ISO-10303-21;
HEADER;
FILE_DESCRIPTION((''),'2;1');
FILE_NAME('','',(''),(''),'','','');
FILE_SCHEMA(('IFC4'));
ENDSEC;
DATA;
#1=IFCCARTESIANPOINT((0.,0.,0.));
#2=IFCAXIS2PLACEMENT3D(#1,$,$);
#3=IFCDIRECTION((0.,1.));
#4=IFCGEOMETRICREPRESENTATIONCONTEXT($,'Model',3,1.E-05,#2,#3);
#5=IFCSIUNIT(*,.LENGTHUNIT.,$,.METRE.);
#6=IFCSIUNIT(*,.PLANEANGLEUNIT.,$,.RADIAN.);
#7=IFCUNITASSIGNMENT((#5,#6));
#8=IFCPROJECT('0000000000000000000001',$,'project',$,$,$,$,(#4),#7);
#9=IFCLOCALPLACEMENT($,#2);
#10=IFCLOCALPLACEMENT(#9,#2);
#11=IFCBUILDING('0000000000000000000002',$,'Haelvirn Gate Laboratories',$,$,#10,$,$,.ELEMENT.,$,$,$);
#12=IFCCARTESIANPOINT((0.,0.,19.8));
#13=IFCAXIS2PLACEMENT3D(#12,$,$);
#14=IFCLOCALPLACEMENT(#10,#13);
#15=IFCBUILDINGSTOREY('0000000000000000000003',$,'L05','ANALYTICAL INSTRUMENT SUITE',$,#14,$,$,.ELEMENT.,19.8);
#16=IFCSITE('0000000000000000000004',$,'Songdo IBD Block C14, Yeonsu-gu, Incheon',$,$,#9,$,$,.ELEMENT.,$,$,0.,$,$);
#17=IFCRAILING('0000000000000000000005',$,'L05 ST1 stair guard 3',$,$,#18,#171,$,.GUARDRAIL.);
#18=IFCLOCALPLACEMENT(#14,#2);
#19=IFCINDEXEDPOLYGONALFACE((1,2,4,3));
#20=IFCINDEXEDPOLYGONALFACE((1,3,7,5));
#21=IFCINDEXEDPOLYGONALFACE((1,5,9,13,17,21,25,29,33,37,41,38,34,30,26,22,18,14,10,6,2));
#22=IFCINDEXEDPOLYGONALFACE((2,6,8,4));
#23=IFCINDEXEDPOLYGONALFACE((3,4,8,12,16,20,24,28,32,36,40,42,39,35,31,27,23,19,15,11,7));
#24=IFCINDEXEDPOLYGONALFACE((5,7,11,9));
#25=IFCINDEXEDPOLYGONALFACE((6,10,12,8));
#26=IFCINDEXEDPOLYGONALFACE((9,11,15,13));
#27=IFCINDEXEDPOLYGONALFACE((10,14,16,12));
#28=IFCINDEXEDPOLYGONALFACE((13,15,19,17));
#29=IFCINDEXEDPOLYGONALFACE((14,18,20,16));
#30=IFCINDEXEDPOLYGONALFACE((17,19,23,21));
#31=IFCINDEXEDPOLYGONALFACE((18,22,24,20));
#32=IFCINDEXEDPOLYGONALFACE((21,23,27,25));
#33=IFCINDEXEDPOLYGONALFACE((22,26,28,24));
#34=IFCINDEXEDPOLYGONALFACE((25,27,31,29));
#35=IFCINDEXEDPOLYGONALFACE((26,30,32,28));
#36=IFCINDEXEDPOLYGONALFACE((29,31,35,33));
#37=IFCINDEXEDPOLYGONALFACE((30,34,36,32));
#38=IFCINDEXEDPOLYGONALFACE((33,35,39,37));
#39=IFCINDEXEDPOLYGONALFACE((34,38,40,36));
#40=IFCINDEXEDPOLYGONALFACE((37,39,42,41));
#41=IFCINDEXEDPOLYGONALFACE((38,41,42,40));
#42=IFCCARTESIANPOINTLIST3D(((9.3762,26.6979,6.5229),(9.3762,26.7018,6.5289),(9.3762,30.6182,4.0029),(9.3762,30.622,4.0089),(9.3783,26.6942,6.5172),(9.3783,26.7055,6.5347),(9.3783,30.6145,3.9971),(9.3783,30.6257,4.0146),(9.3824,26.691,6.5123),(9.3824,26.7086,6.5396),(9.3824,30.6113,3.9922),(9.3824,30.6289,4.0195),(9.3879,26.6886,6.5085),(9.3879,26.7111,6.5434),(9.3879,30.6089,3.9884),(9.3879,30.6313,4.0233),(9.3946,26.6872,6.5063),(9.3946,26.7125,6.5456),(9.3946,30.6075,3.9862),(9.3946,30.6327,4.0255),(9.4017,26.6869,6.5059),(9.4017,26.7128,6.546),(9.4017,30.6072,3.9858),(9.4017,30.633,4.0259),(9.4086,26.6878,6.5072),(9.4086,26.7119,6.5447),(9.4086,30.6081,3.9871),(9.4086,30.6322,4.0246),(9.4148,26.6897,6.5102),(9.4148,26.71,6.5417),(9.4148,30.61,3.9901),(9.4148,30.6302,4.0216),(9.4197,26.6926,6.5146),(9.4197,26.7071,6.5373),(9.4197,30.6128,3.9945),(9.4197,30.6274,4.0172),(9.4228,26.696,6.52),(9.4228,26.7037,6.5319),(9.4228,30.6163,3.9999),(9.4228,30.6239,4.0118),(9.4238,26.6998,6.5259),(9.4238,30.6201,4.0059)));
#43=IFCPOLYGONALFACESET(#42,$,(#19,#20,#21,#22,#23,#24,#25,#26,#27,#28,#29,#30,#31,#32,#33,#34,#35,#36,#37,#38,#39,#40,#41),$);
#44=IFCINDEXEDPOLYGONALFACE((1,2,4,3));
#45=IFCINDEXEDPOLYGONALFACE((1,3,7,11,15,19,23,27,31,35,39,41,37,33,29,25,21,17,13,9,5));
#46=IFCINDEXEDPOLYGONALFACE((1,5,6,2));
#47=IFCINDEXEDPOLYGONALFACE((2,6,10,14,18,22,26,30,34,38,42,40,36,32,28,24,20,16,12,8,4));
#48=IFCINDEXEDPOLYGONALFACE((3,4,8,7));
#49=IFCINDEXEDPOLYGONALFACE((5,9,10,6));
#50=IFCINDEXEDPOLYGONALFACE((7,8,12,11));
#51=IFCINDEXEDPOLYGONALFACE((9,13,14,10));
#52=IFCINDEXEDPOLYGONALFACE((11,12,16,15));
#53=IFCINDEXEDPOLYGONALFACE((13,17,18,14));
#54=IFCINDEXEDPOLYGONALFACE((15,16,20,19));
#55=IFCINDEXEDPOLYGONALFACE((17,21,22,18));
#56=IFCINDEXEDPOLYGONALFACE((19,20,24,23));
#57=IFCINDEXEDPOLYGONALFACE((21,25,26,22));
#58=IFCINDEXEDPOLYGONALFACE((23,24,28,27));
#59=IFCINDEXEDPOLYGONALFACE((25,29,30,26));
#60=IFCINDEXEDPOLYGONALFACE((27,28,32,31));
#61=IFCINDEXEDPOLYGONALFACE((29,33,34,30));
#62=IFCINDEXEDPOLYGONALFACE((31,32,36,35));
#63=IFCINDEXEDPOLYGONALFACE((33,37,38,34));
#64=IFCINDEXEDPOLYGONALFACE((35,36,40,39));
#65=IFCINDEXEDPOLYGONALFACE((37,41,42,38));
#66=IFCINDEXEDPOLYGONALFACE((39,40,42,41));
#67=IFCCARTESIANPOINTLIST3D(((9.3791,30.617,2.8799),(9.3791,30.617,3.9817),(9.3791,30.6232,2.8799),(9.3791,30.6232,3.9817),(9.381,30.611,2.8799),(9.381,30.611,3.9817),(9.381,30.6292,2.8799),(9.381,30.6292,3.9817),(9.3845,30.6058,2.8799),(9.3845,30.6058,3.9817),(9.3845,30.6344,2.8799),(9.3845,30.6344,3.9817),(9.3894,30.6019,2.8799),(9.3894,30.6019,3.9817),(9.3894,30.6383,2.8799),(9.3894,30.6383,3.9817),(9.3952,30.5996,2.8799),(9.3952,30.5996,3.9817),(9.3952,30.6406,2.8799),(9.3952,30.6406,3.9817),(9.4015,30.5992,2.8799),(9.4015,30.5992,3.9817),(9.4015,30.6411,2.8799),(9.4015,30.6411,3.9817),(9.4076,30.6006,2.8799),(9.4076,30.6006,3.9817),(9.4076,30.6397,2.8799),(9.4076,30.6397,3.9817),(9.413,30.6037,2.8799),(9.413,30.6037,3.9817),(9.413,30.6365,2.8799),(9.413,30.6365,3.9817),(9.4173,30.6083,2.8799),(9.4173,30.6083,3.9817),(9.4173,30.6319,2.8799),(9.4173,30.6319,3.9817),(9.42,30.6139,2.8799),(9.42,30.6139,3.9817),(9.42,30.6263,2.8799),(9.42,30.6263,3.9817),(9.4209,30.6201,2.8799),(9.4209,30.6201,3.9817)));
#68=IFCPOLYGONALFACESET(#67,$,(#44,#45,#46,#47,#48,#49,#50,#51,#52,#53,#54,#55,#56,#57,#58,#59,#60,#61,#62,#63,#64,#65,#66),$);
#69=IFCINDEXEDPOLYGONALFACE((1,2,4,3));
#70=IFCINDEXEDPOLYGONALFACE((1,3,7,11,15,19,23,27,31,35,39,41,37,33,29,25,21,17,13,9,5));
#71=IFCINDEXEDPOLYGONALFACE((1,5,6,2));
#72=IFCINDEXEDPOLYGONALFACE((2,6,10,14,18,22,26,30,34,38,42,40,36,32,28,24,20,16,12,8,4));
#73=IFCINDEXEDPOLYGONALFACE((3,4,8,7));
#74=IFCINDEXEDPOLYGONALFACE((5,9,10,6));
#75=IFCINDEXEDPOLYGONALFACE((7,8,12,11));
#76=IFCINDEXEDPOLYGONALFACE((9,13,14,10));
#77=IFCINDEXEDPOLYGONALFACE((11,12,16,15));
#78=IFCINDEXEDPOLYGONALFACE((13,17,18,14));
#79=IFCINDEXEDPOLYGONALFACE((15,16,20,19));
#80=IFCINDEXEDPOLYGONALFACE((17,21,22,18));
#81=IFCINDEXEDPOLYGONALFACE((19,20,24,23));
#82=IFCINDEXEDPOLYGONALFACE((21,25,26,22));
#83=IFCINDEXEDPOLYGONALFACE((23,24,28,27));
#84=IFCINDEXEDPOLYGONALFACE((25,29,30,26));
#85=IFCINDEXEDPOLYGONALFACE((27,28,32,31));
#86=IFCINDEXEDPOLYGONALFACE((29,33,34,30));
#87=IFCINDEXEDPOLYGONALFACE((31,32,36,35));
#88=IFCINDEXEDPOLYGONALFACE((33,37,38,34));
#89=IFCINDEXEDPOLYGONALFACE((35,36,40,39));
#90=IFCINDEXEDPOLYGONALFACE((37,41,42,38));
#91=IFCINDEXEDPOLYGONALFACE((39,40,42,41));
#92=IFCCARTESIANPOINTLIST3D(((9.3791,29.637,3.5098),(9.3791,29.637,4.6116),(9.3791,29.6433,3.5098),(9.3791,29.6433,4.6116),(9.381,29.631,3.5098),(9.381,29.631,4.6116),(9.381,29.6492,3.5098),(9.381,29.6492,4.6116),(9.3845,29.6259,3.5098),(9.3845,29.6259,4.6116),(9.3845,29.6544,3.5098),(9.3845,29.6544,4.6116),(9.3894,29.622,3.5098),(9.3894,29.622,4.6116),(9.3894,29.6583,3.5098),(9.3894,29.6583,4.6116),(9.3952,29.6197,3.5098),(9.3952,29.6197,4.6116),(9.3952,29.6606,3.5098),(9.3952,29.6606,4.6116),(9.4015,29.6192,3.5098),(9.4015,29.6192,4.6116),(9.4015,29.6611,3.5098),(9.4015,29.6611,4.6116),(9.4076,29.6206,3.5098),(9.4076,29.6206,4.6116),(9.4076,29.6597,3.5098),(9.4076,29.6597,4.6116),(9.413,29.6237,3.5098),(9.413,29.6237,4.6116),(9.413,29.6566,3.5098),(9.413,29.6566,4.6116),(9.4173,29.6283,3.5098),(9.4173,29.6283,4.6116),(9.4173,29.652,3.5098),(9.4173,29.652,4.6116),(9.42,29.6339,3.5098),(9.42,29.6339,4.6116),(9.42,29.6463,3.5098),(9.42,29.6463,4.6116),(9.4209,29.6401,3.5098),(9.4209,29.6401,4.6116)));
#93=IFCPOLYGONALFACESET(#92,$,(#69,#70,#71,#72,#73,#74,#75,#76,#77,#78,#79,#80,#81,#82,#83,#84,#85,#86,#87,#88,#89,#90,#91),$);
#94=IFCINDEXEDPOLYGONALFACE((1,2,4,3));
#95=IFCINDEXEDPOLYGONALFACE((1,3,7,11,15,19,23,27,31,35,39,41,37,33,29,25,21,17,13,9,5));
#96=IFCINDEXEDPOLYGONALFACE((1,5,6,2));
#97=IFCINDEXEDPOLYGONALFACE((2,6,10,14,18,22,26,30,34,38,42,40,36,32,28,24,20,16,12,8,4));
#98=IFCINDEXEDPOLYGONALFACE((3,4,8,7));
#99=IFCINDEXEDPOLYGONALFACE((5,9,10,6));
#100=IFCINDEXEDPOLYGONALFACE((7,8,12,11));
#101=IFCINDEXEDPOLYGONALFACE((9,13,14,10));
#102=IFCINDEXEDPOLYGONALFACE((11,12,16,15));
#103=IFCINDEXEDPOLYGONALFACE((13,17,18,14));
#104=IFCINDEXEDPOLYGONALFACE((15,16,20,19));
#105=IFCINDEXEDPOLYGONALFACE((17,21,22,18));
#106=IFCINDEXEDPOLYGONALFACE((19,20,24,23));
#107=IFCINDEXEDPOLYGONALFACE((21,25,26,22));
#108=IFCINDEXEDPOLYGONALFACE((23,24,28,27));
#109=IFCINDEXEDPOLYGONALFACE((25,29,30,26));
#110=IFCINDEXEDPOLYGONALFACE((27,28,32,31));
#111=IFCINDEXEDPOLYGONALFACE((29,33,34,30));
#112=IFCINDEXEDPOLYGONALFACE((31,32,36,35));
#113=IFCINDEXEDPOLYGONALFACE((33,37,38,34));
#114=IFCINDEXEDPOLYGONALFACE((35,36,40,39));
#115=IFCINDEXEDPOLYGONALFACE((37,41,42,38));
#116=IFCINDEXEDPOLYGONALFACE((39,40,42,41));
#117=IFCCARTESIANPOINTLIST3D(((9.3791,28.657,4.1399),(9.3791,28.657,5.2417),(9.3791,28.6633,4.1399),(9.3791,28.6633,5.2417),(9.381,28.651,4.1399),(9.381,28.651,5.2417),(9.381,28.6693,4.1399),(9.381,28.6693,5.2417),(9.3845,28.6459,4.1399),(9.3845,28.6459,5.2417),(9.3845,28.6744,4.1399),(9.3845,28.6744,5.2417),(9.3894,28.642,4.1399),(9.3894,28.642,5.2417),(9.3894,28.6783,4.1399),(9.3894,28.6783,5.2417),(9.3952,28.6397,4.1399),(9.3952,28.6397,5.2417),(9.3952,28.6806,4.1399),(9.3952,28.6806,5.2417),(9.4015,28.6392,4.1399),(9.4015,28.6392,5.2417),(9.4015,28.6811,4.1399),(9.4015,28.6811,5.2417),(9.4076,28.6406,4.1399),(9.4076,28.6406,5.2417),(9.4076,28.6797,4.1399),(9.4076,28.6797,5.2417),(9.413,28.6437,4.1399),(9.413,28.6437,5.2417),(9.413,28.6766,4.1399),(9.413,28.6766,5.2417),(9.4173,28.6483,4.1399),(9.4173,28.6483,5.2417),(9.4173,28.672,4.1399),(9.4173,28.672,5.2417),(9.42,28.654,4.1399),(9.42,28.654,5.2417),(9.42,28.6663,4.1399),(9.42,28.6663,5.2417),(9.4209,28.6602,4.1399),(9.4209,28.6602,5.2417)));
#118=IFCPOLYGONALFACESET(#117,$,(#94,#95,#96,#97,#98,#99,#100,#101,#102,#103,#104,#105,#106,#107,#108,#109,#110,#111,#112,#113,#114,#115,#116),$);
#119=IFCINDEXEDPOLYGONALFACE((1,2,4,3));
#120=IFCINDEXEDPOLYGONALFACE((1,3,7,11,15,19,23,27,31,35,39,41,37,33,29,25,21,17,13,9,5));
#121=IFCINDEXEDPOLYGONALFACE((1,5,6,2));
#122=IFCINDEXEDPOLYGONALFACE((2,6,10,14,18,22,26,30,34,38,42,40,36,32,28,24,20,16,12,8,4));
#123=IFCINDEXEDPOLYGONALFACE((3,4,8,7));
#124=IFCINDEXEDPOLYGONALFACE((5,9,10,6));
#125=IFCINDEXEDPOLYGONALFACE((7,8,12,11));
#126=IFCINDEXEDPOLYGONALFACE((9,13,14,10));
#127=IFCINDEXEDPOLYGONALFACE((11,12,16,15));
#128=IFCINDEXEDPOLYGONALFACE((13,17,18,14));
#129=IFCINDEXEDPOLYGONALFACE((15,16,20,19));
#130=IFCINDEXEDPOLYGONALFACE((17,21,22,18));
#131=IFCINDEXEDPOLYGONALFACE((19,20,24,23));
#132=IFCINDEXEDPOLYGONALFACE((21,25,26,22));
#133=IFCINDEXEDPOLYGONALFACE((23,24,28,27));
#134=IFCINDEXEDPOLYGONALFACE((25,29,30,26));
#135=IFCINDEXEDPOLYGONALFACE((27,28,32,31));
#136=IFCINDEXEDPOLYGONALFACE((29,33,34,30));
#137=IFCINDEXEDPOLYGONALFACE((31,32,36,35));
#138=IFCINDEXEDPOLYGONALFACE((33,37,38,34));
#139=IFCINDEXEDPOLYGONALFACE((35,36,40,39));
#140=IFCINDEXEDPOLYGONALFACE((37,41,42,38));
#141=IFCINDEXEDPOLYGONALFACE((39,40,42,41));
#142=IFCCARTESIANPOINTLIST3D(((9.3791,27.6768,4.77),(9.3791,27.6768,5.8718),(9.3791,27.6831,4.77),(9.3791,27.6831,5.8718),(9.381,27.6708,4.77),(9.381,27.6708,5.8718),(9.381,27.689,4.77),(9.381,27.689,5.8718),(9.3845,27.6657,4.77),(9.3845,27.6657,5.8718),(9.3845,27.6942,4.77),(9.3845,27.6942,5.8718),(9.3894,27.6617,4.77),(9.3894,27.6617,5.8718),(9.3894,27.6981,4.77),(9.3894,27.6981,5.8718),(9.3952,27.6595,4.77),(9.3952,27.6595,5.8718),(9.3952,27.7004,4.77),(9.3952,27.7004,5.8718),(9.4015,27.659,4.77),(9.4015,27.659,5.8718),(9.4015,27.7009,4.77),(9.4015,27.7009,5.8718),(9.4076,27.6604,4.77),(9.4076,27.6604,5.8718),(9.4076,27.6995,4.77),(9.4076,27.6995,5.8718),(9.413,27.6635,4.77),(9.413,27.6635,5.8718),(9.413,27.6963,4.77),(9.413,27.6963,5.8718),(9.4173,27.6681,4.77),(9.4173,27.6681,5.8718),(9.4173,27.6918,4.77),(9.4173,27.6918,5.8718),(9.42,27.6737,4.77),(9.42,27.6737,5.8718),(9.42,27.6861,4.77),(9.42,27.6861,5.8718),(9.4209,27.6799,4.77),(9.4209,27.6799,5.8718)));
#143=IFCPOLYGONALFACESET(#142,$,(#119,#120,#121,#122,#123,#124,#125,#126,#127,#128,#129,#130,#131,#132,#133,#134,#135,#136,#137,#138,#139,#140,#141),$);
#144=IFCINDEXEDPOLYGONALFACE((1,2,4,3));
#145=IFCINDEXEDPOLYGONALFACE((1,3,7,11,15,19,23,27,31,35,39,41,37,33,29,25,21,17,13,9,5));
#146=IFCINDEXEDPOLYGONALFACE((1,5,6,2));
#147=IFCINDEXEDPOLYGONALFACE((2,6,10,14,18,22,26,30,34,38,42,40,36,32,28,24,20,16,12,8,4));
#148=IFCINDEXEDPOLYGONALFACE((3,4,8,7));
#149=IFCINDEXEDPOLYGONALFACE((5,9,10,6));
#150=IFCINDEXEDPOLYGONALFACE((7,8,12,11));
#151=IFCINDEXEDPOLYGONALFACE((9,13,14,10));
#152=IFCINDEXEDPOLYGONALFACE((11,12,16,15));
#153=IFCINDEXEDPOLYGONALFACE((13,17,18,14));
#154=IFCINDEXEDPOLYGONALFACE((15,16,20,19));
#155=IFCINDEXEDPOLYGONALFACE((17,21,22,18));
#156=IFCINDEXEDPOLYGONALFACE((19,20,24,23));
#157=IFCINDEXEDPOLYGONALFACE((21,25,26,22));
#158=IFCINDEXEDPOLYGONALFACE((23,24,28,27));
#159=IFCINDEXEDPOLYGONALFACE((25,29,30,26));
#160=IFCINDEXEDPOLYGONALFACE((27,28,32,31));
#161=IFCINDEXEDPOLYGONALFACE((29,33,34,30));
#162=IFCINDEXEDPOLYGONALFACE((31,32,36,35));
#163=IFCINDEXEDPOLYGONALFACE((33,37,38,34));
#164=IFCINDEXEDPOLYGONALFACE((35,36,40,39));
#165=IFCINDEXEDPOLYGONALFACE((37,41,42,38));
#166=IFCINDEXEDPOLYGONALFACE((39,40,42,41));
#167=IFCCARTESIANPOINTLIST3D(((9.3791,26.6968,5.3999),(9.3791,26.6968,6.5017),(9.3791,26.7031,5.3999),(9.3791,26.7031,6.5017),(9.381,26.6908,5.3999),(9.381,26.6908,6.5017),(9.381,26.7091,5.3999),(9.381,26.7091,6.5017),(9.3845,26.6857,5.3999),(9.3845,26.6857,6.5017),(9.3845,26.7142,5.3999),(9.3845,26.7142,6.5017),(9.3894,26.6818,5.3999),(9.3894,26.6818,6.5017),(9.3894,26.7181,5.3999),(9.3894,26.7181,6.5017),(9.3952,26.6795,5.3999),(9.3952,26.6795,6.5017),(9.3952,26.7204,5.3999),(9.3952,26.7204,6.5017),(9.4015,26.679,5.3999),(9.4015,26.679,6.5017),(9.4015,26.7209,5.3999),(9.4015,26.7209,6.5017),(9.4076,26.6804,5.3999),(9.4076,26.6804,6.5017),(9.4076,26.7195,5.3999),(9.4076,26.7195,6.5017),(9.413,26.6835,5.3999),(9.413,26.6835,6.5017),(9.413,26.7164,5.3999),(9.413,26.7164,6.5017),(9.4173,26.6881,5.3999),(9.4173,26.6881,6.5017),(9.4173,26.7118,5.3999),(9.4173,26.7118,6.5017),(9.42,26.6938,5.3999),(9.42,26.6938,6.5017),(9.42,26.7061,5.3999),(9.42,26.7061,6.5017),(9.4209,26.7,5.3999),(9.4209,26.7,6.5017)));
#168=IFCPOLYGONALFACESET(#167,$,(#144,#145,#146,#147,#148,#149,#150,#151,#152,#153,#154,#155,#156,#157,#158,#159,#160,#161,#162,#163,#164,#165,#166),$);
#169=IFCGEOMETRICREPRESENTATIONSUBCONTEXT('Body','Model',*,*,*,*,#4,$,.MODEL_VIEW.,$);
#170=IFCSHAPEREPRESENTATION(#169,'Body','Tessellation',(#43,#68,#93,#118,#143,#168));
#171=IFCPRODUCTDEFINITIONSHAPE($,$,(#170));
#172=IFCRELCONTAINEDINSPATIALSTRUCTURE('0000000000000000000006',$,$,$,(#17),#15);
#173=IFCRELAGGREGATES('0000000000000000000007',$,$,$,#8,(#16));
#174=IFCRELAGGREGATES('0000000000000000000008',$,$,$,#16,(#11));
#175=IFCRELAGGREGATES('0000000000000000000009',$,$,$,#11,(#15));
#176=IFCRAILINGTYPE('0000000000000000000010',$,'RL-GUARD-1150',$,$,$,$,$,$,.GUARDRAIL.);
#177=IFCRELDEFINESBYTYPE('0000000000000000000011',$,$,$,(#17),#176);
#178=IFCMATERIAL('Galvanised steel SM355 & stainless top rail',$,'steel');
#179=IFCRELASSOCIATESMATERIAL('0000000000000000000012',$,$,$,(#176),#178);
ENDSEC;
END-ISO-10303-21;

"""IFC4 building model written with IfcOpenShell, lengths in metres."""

from ifc_helpers import new_model, si_unit, direction, frame, origin, origin_2d, place, context, subcontext, project, spatial, circle, extrude, source, transform, mapped, material, type_object, element, save


model = new_model("IFC4")

# Units and contexts
model_context = context("Model", 3, precision=1e-05, world=origin(), true_north=direction((0.0, 1.0)))
body_context = subcontext(model_context, "Body", "Model", "MODEL_VIEW")
ifc_project = project(units=[si_unit("LENGTHUNIT", "METRE"), si_unit("PLANEANGLEUNIT", "RADIAN")], contexts=[model_context])

# Site, building, storey
site_placement = place(None, origin())
site = spatial("IfcSite", under=ifc_project, at=site_placement, Name="Songdo IBD Block C14, Yeonsu-gu, Incheon", CompositionType="ELEMENT", RefElevation=0.0)
building_placement = place(site_placement, origin())
building = spatial("IfcBuilding", under=site, at=building_placement, Name="Haelvirn Gate Laboratories", CompositionType="ELEMENT")
storey_placement = place(building_placement, frame((0.0, 0.0, 19.8)))
storey = spatial("IfcBuildingStorey", under=building, at=storey_placement, Name="L05", Description="ANALYTICAL INSTRUMENT SUITE", CompositionType="ELEMENT", Elevation=19.8)

# Railing
ifc_material_1 = material(Name="Galvanised steel SM355 & stainless top rail", Category="steel")
railing_type_1 = type_object("IfcRailingType", Name="RL-GUARD-1150", PredefinedType="GUARDRAIL", material=ifc_material_1)
shared_shape_1 = source(origin(), body_context, "Body", "SweptSolid", [
    extrude(circle(Radius=0.0239, at=origin_2d()), frame((0.0, 0.0, 1.126), z_axis=(0.0, -0.841187, 0.540744), x_axis=(1.0, 0.0, 0.0)), (0.0, 0.0, 1.0), 4.6604),
    extrude(circle(Radius=0.021, at=origin_2d()), origin(), (0.0, 0.0, 1.0), 1.1018),
    extrude(circle(Radius=0.021, at=origin_2d()), frame((0.0, -0.98, 0.6299)), (0.0, 0.0, 1.0), 1.1018),
    extrude(circle(Radius=0.021, at=origin_2d()), frame((0.0, -1.96, 1.26)), (0.0, 0.0, 1.0), 1.1018),
    extrude(circle(Radius=0.021, at=origin_2d()), frame((0.0, -2.9402, 1.8901)), (0.0, 0.0, 1.0), 1.1018),
    extrude(circle(Radius=0.021, at=origin_2d()), frame((0.0, -3.9202, 2.52)), (0.0, 0.0, 1.0), 1.1018),
])
railing_1_placement = place(storey_placement, frame((9.3999, 30.6201, 2.8799)))
element("IfcRailing", 1, at=railing_1_placement, inside=storey, type_object=railing_type_1, Name="L05 ST1 stair guard 3", PredefinedType="GUARDRAIL", context=body_context, shape_type="MappedRepresentation", body=[
    mapped(shared_shape_1, transform((0.0, 0.0, 0.0), scale=1.0)),
])

save(model, "model.ifc")
